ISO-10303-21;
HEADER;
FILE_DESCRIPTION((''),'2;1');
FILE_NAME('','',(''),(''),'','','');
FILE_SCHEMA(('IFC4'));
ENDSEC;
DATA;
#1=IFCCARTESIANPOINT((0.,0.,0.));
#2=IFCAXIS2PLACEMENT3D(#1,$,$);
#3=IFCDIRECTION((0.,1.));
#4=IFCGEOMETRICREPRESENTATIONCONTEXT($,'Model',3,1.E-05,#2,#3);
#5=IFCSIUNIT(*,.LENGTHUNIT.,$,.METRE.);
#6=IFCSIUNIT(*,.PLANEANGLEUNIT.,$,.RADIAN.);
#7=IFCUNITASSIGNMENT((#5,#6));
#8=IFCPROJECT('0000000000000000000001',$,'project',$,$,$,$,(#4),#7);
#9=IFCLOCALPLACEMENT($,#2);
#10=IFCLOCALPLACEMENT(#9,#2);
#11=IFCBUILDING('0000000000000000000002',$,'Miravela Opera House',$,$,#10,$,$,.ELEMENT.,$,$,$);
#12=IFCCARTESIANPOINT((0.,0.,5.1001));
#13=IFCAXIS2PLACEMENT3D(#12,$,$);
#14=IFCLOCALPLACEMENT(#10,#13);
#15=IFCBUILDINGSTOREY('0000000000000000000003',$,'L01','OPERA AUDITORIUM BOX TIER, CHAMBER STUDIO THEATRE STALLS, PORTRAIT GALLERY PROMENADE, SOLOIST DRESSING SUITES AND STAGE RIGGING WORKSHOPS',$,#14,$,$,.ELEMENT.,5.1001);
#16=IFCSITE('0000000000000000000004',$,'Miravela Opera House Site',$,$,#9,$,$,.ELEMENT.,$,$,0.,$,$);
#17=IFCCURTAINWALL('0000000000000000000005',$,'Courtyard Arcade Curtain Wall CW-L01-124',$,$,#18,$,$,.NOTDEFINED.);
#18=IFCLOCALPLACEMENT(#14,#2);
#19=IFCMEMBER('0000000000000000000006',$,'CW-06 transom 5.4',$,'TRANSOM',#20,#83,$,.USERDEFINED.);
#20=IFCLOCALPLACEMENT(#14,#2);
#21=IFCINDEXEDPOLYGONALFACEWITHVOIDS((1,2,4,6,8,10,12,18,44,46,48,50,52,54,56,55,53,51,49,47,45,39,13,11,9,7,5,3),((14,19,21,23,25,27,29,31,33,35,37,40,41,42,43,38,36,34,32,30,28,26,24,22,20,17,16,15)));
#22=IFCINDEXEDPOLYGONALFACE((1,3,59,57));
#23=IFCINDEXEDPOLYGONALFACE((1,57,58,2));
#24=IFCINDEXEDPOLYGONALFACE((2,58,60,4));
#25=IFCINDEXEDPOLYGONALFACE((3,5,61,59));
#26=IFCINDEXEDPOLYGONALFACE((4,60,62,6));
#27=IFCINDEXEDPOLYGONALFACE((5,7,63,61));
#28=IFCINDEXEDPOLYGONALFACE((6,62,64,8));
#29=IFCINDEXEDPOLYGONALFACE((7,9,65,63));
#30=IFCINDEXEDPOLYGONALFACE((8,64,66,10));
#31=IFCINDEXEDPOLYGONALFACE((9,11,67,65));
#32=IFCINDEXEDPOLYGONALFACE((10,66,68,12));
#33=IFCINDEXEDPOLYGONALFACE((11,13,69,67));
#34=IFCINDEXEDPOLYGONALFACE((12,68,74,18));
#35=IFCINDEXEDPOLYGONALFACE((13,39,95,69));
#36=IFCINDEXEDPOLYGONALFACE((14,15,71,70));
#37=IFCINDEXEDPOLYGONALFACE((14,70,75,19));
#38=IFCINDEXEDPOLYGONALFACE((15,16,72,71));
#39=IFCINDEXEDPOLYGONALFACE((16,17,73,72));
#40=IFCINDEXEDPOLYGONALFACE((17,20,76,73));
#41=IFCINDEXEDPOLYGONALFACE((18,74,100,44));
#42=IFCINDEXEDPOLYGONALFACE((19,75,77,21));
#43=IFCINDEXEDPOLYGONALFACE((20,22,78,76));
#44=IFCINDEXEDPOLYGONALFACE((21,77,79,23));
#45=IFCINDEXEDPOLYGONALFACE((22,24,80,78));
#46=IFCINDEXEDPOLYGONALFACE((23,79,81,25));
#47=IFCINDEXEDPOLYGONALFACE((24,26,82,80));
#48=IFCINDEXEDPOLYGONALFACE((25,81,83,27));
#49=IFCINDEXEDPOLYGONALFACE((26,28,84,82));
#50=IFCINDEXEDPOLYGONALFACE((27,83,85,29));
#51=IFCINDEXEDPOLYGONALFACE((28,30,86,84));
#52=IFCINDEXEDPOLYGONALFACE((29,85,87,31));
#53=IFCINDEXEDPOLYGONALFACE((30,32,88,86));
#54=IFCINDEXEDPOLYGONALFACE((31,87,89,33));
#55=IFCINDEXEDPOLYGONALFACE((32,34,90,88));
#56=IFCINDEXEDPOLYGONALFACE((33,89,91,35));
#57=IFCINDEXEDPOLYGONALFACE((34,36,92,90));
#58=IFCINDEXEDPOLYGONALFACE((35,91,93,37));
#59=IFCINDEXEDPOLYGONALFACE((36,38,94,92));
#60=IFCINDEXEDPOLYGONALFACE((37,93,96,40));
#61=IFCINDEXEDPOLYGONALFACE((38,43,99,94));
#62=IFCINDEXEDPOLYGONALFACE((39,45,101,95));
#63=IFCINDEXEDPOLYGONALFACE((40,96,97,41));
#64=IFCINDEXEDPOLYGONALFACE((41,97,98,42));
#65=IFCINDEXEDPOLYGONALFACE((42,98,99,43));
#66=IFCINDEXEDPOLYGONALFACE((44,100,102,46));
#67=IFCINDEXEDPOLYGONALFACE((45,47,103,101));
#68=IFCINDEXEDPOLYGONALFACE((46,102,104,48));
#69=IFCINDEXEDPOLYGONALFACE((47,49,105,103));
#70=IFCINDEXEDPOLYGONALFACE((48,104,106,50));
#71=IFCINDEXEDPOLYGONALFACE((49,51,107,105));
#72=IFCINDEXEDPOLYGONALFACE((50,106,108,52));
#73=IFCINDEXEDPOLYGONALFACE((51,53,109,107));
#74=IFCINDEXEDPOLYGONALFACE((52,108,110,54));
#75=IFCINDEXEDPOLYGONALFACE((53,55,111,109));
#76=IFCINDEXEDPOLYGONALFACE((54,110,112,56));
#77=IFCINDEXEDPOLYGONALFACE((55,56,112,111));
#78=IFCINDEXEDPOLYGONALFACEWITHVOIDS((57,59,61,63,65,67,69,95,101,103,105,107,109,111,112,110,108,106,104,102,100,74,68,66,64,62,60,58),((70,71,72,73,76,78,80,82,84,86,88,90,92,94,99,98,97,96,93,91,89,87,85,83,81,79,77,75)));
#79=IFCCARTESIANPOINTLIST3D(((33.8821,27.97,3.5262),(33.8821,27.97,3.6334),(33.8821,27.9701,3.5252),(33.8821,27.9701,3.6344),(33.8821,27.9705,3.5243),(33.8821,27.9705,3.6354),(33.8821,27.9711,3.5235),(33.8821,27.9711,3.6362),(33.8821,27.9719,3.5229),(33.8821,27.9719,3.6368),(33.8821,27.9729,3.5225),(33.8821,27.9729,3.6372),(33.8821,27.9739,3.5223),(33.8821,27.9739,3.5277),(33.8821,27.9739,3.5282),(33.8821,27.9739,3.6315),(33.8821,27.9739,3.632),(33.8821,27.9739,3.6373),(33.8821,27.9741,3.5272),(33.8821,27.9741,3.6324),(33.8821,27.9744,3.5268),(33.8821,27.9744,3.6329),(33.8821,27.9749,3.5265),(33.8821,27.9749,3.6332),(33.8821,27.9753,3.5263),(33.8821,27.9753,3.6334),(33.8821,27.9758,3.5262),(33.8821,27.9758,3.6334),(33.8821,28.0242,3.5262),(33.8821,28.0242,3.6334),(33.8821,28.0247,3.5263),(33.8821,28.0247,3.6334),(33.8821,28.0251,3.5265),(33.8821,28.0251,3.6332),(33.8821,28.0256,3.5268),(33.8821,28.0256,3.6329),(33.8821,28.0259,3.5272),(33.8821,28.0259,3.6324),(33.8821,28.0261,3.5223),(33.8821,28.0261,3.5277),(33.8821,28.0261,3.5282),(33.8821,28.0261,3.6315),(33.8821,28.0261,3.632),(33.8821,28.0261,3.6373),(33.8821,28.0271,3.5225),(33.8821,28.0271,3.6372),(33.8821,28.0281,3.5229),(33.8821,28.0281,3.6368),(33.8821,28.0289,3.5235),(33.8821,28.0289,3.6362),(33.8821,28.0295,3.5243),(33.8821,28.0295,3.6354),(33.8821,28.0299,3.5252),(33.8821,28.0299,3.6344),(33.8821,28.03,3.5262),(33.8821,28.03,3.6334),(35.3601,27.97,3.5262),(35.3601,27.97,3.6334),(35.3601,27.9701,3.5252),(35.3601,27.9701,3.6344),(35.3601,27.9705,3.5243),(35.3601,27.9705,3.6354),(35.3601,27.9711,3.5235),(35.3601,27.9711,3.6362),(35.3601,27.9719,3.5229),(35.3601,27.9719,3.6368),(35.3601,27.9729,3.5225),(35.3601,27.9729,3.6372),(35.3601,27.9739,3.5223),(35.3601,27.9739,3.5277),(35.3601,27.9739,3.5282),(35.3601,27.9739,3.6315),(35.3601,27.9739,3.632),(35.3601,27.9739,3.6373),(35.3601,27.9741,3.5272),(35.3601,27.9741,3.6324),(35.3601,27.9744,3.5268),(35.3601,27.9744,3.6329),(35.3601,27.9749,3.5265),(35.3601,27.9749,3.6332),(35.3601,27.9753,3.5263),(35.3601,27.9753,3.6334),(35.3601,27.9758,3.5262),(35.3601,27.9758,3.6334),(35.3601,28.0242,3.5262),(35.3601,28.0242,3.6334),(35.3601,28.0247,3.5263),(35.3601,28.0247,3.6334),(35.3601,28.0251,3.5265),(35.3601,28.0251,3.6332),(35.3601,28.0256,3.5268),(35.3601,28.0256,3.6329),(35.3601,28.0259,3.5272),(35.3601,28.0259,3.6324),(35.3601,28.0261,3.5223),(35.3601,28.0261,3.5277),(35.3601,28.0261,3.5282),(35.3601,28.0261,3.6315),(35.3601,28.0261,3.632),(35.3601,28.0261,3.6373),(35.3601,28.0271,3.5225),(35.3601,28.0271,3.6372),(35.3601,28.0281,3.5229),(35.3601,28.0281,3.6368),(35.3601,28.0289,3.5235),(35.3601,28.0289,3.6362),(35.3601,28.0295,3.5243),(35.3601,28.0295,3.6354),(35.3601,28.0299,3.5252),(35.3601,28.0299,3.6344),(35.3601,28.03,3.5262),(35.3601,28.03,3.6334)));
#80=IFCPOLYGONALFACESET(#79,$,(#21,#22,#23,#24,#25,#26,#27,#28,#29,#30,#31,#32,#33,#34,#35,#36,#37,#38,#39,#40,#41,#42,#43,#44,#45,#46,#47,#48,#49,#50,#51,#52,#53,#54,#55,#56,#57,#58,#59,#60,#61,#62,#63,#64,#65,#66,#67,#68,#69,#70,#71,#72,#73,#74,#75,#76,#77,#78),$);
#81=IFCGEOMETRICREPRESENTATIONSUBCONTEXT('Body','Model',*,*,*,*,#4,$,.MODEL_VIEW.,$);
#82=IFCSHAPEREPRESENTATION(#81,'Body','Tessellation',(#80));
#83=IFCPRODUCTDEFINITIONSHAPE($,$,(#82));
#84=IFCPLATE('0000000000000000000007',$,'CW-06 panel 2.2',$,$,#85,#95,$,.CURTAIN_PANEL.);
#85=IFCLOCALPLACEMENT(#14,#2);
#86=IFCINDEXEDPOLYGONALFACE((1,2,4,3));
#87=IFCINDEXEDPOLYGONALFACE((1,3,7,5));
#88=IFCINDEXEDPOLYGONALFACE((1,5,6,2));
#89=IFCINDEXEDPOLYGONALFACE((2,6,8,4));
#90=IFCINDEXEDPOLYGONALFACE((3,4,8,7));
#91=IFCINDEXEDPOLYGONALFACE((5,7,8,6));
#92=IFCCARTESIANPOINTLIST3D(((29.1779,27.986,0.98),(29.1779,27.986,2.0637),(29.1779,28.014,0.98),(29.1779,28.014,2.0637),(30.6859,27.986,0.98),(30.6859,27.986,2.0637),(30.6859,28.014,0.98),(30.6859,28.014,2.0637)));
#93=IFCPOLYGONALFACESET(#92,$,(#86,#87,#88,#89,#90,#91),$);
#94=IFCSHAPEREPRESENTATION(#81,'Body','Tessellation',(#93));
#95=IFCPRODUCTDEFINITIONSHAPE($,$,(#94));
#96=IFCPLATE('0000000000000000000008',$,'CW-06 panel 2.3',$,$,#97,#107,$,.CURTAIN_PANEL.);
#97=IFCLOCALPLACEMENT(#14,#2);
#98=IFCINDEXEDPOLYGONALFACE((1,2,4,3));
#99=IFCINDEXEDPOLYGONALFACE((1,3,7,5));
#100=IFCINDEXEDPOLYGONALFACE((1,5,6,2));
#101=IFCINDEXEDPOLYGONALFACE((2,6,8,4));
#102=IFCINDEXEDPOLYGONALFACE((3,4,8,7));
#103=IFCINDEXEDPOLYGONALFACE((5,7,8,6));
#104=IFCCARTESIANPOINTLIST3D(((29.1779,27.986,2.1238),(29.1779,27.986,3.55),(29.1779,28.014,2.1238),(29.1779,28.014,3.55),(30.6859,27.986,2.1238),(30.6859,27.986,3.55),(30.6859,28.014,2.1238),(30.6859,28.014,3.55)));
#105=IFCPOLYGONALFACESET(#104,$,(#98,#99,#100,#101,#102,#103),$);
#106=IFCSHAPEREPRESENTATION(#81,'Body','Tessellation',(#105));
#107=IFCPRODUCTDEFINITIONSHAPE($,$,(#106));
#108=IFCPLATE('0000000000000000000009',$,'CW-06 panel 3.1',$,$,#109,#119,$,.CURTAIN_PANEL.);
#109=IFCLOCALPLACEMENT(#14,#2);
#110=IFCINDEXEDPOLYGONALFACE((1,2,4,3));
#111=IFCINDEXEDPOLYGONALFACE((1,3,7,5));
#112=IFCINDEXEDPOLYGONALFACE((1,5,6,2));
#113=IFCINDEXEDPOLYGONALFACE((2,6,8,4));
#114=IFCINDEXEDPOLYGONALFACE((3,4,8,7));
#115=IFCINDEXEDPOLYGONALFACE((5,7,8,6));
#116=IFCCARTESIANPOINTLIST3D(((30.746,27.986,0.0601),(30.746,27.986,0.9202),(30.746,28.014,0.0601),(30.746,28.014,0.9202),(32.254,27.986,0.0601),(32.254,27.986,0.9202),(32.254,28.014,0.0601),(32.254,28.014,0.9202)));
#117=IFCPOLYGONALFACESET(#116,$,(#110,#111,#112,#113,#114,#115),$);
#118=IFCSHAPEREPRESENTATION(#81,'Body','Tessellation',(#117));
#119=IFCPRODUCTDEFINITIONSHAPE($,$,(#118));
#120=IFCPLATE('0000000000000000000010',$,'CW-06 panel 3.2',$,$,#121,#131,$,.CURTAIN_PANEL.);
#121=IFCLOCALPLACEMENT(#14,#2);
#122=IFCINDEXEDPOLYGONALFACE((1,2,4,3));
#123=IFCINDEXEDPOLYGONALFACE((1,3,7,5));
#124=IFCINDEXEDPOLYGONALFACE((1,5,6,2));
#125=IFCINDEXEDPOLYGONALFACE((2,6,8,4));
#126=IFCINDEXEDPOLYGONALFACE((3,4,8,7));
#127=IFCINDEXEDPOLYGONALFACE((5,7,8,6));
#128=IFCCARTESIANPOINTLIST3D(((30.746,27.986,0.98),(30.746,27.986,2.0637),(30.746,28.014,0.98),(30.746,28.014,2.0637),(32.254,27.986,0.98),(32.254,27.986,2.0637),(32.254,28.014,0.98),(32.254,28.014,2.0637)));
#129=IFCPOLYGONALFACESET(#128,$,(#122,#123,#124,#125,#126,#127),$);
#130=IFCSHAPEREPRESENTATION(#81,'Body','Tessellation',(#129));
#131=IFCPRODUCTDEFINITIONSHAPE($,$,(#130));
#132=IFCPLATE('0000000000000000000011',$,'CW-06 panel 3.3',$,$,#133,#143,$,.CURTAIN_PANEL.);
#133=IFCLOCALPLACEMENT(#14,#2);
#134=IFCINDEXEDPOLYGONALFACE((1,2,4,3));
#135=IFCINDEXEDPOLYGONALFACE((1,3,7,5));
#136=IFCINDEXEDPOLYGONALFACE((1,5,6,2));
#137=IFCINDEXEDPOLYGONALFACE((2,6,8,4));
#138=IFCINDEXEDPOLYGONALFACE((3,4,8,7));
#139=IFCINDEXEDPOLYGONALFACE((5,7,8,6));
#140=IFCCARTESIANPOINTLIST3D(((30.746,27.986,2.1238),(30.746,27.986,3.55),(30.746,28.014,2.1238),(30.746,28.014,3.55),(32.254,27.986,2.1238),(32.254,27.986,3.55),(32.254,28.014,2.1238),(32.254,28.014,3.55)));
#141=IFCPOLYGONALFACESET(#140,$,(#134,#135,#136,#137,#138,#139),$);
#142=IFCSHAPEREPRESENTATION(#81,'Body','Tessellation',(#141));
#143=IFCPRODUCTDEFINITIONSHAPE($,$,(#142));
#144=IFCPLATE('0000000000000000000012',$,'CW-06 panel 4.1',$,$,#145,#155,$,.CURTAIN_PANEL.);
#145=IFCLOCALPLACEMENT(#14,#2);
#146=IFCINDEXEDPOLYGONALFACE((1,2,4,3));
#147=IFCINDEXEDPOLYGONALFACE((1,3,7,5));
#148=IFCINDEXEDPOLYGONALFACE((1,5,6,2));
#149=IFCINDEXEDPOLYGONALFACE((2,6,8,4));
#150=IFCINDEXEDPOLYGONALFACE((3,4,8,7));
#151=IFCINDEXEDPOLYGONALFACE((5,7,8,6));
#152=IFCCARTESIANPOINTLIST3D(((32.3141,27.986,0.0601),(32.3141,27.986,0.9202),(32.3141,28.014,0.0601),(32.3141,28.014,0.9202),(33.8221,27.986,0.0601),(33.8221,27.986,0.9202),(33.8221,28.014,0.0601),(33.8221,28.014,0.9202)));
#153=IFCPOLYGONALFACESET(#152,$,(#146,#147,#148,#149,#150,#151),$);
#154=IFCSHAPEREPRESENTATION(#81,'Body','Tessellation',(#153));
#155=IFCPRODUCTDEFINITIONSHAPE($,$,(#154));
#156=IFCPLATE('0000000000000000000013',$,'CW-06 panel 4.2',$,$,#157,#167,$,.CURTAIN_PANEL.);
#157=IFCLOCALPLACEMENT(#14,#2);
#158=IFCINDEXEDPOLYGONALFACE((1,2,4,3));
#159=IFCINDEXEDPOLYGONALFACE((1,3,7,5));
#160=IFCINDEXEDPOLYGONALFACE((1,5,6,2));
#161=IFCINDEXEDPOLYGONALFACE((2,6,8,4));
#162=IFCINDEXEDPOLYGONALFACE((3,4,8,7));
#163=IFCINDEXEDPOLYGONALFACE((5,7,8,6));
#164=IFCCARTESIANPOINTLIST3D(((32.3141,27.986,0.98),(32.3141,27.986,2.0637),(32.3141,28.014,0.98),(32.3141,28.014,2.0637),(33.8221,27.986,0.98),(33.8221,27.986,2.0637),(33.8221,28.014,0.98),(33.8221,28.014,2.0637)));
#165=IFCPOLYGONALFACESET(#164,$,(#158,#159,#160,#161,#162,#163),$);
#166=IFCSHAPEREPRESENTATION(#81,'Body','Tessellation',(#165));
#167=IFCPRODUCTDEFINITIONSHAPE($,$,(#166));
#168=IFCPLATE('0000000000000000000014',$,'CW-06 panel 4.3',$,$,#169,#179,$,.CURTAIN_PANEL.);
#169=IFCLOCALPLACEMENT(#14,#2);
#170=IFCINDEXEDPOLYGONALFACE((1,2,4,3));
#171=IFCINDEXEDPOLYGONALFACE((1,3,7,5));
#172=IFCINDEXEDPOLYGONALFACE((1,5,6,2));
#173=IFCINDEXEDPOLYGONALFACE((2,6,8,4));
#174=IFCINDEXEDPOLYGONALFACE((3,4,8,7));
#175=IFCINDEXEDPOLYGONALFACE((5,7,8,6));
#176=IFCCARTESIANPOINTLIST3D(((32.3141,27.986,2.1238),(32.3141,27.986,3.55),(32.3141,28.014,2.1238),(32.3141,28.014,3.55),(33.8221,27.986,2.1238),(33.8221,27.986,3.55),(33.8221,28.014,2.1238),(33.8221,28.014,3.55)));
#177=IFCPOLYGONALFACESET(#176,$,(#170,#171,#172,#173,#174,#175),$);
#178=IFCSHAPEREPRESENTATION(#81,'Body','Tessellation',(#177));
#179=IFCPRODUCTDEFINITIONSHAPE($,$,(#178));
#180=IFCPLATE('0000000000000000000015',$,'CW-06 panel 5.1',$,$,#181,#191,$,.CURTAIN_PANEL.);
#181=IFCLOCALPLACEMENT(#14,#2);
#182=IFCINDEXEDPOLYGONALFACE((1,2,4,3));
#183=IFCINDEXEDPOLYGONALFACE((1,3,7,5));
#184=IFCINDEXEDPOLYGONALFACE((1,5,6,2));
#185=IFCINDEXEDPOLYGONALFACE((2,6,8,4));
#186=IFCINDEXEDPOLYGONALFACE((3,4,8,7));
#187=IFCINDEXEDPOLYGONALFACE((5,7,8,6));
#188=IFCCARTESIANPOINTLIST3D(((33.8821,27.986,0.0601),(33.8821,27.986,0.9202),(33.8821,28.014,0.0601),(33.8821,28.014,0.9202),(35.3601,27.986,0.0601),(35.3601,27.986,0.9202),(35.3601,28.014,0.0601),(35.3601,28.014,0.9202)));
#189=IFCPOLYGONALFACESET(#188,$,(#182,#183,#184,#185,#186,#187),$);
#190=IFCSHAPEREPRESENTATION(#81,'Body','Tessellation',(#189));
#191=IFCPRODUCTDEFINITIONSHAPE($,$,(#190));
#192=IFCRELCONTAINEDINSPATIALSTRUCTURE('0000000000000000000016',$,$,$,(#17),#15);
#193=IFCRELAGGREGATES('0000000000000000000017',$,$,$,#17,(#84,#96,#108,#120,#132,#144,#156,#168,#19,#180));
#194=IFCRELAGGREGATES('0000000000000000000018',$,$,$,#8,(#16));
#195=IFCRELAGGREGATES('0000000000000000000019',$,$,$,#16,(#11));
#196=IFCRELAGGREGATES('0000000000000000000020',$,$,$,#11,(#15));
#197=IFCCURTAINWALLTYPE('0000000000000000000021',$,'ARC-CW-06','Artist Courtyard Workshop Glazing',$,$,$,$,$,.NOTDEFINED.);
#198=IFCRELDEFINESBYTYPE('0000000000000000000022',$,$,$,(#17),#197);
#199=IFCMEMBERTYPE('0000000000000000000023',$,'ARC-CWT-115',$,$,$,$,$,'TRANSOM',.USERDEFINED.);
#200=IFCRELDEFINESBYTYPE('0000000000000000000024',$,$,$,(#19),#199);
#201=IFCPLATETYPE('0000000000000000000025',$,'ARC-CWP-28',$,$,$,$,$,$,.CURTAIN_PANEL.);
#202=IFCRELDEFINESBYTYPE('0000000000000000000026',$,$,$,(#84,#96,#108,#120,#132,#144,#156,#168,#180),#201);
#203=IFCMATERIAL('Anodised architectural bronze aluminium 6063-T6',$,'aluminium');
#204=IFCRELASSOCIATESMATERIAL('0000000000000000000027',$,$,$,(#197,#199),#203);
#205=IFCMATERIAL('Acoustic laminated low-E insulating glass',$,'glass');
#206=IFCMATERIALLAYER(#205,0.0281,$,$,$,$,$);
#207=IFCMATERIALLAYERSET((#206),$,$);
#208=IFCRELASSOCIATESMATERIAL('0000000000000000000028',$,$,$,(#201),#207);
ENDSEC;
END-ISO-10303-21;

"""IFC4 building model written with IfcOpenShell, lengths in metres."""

from ifc_helpers import new_model, si_unit, direction, frame, origin, origin_2d, place, context, subcontext, project, spatial, rectangle, hollow_rectangle, extrude, material, layer, layer_set, material_profile, profile_set, type_object, element, aggregate, save


model = new_model("IFC4")

# Units and contexts
model_context = context("Model", 3, precision=1e-05, world=origin(), true_north=direction((0.0, 1.0)))
body_context = subcontext(model_context, "Body", "Model", "MODEL_VIEW")
ifc_project = project(units=[si_unit("LENGTHUNIT", "METRE"), si_unit("PLANEANGLEUNIT", "RADIAN")], contexts=[model_context])

# Site, building, storey
site_placement = place(None, origin())
site = spatial("IfcSite", under=ifc_project, at=site_placement, Name="Miravela Opera House Site", CompositionType="ELEMENT", RefElevation=0.0)
building_placement = place(site_placement, origin())
building = spatial("IfcBuilding", under=site, at=building_placement, Name="Miravela Opera House", CompositionType="ELEMENT")
storey_placement = place(building_placement, frame((0.0, 0.0, 5.1001)))
storey = spatial("IfcBuildingStorey", under=building, at=storey_placement, Name="L01", Description="OPERA AUDITORIUM BOX TIER, CHAMBER STUDIO THEATRE STALLS, PORTRAIT GALLERY PROMENADE, SOLOIST DRESSING SUITES AND STAGE RIGGING WORKSHOPS", CompositionType="ELEMENT", Elevation=5.1001)

# Curtain wall, member, plates
ifc_material_1 = material(Name="Anodised architectural bronze aluminium 6063-T6", Category="aluminium")
curtain_wall_type = type_object("IfcCurtainWallType", Name="ARC-CW-06", Description="Artist Courtyard Workshop Glazing", PredefinedType="NOTDEFINED", material=ifc_material_1)
curtain_wall_placement = place(storey_placement, origin())
curtain_wall = element("IfcCurtainWall", 1, at=curtain_wall_placement, inside=storey, type_object=curtain_wall_type, Name="Courtyard Arcade Curtain Wall CW-L01-124", PredefinedType="NOTDEFINED")
ifc_material_profile_1 = material_profile(ifc_material_1, hollow_rectangle(XDim=0.0601, YDim=0.115, WallThickness=0.0039, InnerFilletRadius=0.002, OuterFilletRadius=0.0039, at=origin_2d()), Name="CWT-60X115")
ifc_profile_set_1 = profile_set([ifc_material_profile_1])
member_type_1 = type_object("IfcMemberType", Name="ARC-CWT-115", ElementType="TRANSOM", PredefinedType="USERDEFINED", material=ifc_profile_set_1)
member_1_placement = place(storey_placement, frame((33.8821, 28.0, 3.5798), z_axis=(1.0, 0.0, 0.0), x_axis=(0.0, 1.0, 0.0)))
member_1 = element("IfcMember", 2, at=member_1_placement, type_object=member_type_1, Name="CW-06 transom 5.4", ObjectType="TRANSOM", PredefinedType="USERDEFINED", context=body_context, shape_type="SweptSolid", body=[
    extrude(hollow_rectangle(XDim=0.0601, YDim=0.115, WallThickness=0.0039, InnerFilletRadius=0.002, OuterFilletRadius=0.0039, at=origin_2d()), origin(), (0.0, 0.0, 1.0), 1.478),
])
ifc_material_2 = material(Name="Acoustic laminated low-E insulating glass", Category="glass")
ifc_layer = layer(ifc_material_2, 0.0281)
ifc_layer_set = layer_set([ifc_layer])
plate_type = type_object("IfcPlateType", Name="ARC-CWP-28", PredefinedType="CURTAIN_PANEL", material=ifc_layer_set)
plate_1_placement = place(storey_placement, frame((29.9319, 28.0, 0.98), z_axis=(0.0, 0.0, 1.0), x_axis=(1.0, 0.0, 0.0)))
plate_1 = element("IfcPlate", 3, at=plate_1_placement, type_object=plate_type, Name="CW-06 panel 2.2", PredefinedType="CURTAIN_PANEL", context=body_context, shape_type="SweptSolid", body=[
    extrude(rectangle(XDim=1.5081, YDim=0.0281, at=origin_2d()), origin(), (0.0, 0.0, 1.0), 1.0837),
])
plate_2_placement = place(storey_placement, frame((29.9319, 28.0, 2.1238), z_axis=(0.0, 0.0, 1.0), x_axis=(1.0, 0.0, 0.0)))
plate_2 = element("IfcPlate", 4, at=plate_2_placement, type_object=plate_type, Name="CW-06 panel 2.3", PredefinedType="CURTAIN_PANEL", context=body_context, shape_type="SweptSolid", body=[
    extrude(rectangle(XDim=1.5081, YDim=0.0281, at=origin_2d()), origin(), (0.0, 0.0, 1.0), 1.4263),
])
plate_3_placement = place(storey_placement, frame((31.5, 28.0, 0.0601), z_axis=(0.0, 0.0, 1.0), x_axis=(1.0, 0.0, 0.0)))
plate_3 = element("IfcPlate", 5, at=plate_3_placement, type_object=plate_type, Name="CW-06 panel 3.1", PredefinedType="CURTAIN_PANEL", context=body_context, shape_type="SweptSolid", body=[
    extrude(rectangle(XDim=1.5081, YDim=0.0281, at=origin_2d()), origin(), (0.0, 0.0, 1.0), 0.8601),
])
plate_4_placement = place(storey_placement, frame((31.5, 28.0, 0.98), z_axis=(0.0, 0.0, 1.0), x_axis=(1.0, 0.0, 0.0)))
plate_4 = element("IfcPlate", 6, at=plate_4_placement, type_object=plate_type, Name="CW-06 panel 3.2", PredefinedType="CURTAIN_PANEL", context=body_context, shape_type="SweptSolid", body=[
    extrude(rectangle(XDim=1.5081, YDim=0.0281, at=origin_2d()), origin(), (0.0, 0.0, 1.0), 1.0837),
])
plate_5_placement = place(storey_placement, frame((31.5, 28.0, 2.1238), z_axis=(0.0, 0.0, 1.0), x_axis=(1.0, 0.0, 0.0)))
plate_5 = element("IfcPlate", 7, at=plate_5_placement, type_object=plate_type, Name="CW-06 panel 3.3", PredefinedType="CURTAIN_PANEL", context=body_context, shape_type="SweptSolid", body=[
    extrude(rectangle(XDim=1.5081, YDim=0.0281, at=origin_2d()), origin(), (0.0, 0.0, 1.0), 1.4263),
])
plate_6_placement = place(storey_placement, frame((33.0681, 28.0, 0.0601), z_axis=(0.0, 0.0, 1.0), x_axis=(1.0, 0.0, 0.0)))
plate_6 = element("IfcPlate", 8, at=plate_6_placement, type_object=plate_type, Name="CW-06 panel 4.1", PredefinedType="CURTAIN_PANEL", context=body_context, shape_type="SweptSolid", body=[
    extrude(rectangle(XDim=1.5081, YDim=0.0281, at=origin_2d()), origin(), (0.0, 0.0, 1.0), 0.8601),
])
plate_7_placement = place(storey_placement, frame((33.0681, 28.0, 0.98), z_axis=(0.0, 0.0, 1.0), x_axis=(1.0, 0.0, 0.0)))
plate_7 = element("IfcPlate", 9, at=plate_7_placement, type_object=plate_type, Name="CW-06 panel 4.2", PredefinedType="CURTAIN_PANEL", context=body_context, shape_type="SweptSolid", body=[
    extrude(rectangle(XDim=1.5081, YDim=0.0281, at=origin_2d()), origin(), (0.0, 0.0, 1.0), 1.0837),
])
plate_8_placement = place(storey_placement, frame((33.0681, 28.0, 2.1238), z_axis=(0.0, 0.0, 1.0), x_axis=(1.0, 0.0, 0.0)))
plate_8 = element("IfcPlate", 10, at=plate_8_placement, type_object=plate_type, Name="CW-06 panel 4.3", PredefinedType="CURTAIN_PANEL", context=body_context, shape_type="SweptSolid", body=[
    extrude(rectangle(XDim=1.5081, YDim=0.0281, at=origin_2d()), origin(), (0.0, 0.0, 1.0), 1.4263),
])
plate_9_placement = place(storey_placement, frame((34.6211, 28.0, 0.0601), z_axis=(0.0, 0.0, 1.0), x_axis=(1.0, 0.0, 0.0)))
plate_9 = element("IfcPlate", 11, at=plate_9_placement, type_object=plate_type, Name="CW-06 panel 5.1", PredefinedType="CURTAIN_PANEL", context=body_context, shape_type="SweptSolid", body=[
    extrude(rectangle(XDim=1.478, YDim=0.0281, at=origin_2d()), origin(), (0.0, 0.0, 1.0), 0.8601),
])
aggregate(curtain_wall, [plate_1, plate_2, plate_3, plate_4, plate_5, plate_6, plate_7, plate_8, member_1, plate_9])

save(model, "model.ifc")
